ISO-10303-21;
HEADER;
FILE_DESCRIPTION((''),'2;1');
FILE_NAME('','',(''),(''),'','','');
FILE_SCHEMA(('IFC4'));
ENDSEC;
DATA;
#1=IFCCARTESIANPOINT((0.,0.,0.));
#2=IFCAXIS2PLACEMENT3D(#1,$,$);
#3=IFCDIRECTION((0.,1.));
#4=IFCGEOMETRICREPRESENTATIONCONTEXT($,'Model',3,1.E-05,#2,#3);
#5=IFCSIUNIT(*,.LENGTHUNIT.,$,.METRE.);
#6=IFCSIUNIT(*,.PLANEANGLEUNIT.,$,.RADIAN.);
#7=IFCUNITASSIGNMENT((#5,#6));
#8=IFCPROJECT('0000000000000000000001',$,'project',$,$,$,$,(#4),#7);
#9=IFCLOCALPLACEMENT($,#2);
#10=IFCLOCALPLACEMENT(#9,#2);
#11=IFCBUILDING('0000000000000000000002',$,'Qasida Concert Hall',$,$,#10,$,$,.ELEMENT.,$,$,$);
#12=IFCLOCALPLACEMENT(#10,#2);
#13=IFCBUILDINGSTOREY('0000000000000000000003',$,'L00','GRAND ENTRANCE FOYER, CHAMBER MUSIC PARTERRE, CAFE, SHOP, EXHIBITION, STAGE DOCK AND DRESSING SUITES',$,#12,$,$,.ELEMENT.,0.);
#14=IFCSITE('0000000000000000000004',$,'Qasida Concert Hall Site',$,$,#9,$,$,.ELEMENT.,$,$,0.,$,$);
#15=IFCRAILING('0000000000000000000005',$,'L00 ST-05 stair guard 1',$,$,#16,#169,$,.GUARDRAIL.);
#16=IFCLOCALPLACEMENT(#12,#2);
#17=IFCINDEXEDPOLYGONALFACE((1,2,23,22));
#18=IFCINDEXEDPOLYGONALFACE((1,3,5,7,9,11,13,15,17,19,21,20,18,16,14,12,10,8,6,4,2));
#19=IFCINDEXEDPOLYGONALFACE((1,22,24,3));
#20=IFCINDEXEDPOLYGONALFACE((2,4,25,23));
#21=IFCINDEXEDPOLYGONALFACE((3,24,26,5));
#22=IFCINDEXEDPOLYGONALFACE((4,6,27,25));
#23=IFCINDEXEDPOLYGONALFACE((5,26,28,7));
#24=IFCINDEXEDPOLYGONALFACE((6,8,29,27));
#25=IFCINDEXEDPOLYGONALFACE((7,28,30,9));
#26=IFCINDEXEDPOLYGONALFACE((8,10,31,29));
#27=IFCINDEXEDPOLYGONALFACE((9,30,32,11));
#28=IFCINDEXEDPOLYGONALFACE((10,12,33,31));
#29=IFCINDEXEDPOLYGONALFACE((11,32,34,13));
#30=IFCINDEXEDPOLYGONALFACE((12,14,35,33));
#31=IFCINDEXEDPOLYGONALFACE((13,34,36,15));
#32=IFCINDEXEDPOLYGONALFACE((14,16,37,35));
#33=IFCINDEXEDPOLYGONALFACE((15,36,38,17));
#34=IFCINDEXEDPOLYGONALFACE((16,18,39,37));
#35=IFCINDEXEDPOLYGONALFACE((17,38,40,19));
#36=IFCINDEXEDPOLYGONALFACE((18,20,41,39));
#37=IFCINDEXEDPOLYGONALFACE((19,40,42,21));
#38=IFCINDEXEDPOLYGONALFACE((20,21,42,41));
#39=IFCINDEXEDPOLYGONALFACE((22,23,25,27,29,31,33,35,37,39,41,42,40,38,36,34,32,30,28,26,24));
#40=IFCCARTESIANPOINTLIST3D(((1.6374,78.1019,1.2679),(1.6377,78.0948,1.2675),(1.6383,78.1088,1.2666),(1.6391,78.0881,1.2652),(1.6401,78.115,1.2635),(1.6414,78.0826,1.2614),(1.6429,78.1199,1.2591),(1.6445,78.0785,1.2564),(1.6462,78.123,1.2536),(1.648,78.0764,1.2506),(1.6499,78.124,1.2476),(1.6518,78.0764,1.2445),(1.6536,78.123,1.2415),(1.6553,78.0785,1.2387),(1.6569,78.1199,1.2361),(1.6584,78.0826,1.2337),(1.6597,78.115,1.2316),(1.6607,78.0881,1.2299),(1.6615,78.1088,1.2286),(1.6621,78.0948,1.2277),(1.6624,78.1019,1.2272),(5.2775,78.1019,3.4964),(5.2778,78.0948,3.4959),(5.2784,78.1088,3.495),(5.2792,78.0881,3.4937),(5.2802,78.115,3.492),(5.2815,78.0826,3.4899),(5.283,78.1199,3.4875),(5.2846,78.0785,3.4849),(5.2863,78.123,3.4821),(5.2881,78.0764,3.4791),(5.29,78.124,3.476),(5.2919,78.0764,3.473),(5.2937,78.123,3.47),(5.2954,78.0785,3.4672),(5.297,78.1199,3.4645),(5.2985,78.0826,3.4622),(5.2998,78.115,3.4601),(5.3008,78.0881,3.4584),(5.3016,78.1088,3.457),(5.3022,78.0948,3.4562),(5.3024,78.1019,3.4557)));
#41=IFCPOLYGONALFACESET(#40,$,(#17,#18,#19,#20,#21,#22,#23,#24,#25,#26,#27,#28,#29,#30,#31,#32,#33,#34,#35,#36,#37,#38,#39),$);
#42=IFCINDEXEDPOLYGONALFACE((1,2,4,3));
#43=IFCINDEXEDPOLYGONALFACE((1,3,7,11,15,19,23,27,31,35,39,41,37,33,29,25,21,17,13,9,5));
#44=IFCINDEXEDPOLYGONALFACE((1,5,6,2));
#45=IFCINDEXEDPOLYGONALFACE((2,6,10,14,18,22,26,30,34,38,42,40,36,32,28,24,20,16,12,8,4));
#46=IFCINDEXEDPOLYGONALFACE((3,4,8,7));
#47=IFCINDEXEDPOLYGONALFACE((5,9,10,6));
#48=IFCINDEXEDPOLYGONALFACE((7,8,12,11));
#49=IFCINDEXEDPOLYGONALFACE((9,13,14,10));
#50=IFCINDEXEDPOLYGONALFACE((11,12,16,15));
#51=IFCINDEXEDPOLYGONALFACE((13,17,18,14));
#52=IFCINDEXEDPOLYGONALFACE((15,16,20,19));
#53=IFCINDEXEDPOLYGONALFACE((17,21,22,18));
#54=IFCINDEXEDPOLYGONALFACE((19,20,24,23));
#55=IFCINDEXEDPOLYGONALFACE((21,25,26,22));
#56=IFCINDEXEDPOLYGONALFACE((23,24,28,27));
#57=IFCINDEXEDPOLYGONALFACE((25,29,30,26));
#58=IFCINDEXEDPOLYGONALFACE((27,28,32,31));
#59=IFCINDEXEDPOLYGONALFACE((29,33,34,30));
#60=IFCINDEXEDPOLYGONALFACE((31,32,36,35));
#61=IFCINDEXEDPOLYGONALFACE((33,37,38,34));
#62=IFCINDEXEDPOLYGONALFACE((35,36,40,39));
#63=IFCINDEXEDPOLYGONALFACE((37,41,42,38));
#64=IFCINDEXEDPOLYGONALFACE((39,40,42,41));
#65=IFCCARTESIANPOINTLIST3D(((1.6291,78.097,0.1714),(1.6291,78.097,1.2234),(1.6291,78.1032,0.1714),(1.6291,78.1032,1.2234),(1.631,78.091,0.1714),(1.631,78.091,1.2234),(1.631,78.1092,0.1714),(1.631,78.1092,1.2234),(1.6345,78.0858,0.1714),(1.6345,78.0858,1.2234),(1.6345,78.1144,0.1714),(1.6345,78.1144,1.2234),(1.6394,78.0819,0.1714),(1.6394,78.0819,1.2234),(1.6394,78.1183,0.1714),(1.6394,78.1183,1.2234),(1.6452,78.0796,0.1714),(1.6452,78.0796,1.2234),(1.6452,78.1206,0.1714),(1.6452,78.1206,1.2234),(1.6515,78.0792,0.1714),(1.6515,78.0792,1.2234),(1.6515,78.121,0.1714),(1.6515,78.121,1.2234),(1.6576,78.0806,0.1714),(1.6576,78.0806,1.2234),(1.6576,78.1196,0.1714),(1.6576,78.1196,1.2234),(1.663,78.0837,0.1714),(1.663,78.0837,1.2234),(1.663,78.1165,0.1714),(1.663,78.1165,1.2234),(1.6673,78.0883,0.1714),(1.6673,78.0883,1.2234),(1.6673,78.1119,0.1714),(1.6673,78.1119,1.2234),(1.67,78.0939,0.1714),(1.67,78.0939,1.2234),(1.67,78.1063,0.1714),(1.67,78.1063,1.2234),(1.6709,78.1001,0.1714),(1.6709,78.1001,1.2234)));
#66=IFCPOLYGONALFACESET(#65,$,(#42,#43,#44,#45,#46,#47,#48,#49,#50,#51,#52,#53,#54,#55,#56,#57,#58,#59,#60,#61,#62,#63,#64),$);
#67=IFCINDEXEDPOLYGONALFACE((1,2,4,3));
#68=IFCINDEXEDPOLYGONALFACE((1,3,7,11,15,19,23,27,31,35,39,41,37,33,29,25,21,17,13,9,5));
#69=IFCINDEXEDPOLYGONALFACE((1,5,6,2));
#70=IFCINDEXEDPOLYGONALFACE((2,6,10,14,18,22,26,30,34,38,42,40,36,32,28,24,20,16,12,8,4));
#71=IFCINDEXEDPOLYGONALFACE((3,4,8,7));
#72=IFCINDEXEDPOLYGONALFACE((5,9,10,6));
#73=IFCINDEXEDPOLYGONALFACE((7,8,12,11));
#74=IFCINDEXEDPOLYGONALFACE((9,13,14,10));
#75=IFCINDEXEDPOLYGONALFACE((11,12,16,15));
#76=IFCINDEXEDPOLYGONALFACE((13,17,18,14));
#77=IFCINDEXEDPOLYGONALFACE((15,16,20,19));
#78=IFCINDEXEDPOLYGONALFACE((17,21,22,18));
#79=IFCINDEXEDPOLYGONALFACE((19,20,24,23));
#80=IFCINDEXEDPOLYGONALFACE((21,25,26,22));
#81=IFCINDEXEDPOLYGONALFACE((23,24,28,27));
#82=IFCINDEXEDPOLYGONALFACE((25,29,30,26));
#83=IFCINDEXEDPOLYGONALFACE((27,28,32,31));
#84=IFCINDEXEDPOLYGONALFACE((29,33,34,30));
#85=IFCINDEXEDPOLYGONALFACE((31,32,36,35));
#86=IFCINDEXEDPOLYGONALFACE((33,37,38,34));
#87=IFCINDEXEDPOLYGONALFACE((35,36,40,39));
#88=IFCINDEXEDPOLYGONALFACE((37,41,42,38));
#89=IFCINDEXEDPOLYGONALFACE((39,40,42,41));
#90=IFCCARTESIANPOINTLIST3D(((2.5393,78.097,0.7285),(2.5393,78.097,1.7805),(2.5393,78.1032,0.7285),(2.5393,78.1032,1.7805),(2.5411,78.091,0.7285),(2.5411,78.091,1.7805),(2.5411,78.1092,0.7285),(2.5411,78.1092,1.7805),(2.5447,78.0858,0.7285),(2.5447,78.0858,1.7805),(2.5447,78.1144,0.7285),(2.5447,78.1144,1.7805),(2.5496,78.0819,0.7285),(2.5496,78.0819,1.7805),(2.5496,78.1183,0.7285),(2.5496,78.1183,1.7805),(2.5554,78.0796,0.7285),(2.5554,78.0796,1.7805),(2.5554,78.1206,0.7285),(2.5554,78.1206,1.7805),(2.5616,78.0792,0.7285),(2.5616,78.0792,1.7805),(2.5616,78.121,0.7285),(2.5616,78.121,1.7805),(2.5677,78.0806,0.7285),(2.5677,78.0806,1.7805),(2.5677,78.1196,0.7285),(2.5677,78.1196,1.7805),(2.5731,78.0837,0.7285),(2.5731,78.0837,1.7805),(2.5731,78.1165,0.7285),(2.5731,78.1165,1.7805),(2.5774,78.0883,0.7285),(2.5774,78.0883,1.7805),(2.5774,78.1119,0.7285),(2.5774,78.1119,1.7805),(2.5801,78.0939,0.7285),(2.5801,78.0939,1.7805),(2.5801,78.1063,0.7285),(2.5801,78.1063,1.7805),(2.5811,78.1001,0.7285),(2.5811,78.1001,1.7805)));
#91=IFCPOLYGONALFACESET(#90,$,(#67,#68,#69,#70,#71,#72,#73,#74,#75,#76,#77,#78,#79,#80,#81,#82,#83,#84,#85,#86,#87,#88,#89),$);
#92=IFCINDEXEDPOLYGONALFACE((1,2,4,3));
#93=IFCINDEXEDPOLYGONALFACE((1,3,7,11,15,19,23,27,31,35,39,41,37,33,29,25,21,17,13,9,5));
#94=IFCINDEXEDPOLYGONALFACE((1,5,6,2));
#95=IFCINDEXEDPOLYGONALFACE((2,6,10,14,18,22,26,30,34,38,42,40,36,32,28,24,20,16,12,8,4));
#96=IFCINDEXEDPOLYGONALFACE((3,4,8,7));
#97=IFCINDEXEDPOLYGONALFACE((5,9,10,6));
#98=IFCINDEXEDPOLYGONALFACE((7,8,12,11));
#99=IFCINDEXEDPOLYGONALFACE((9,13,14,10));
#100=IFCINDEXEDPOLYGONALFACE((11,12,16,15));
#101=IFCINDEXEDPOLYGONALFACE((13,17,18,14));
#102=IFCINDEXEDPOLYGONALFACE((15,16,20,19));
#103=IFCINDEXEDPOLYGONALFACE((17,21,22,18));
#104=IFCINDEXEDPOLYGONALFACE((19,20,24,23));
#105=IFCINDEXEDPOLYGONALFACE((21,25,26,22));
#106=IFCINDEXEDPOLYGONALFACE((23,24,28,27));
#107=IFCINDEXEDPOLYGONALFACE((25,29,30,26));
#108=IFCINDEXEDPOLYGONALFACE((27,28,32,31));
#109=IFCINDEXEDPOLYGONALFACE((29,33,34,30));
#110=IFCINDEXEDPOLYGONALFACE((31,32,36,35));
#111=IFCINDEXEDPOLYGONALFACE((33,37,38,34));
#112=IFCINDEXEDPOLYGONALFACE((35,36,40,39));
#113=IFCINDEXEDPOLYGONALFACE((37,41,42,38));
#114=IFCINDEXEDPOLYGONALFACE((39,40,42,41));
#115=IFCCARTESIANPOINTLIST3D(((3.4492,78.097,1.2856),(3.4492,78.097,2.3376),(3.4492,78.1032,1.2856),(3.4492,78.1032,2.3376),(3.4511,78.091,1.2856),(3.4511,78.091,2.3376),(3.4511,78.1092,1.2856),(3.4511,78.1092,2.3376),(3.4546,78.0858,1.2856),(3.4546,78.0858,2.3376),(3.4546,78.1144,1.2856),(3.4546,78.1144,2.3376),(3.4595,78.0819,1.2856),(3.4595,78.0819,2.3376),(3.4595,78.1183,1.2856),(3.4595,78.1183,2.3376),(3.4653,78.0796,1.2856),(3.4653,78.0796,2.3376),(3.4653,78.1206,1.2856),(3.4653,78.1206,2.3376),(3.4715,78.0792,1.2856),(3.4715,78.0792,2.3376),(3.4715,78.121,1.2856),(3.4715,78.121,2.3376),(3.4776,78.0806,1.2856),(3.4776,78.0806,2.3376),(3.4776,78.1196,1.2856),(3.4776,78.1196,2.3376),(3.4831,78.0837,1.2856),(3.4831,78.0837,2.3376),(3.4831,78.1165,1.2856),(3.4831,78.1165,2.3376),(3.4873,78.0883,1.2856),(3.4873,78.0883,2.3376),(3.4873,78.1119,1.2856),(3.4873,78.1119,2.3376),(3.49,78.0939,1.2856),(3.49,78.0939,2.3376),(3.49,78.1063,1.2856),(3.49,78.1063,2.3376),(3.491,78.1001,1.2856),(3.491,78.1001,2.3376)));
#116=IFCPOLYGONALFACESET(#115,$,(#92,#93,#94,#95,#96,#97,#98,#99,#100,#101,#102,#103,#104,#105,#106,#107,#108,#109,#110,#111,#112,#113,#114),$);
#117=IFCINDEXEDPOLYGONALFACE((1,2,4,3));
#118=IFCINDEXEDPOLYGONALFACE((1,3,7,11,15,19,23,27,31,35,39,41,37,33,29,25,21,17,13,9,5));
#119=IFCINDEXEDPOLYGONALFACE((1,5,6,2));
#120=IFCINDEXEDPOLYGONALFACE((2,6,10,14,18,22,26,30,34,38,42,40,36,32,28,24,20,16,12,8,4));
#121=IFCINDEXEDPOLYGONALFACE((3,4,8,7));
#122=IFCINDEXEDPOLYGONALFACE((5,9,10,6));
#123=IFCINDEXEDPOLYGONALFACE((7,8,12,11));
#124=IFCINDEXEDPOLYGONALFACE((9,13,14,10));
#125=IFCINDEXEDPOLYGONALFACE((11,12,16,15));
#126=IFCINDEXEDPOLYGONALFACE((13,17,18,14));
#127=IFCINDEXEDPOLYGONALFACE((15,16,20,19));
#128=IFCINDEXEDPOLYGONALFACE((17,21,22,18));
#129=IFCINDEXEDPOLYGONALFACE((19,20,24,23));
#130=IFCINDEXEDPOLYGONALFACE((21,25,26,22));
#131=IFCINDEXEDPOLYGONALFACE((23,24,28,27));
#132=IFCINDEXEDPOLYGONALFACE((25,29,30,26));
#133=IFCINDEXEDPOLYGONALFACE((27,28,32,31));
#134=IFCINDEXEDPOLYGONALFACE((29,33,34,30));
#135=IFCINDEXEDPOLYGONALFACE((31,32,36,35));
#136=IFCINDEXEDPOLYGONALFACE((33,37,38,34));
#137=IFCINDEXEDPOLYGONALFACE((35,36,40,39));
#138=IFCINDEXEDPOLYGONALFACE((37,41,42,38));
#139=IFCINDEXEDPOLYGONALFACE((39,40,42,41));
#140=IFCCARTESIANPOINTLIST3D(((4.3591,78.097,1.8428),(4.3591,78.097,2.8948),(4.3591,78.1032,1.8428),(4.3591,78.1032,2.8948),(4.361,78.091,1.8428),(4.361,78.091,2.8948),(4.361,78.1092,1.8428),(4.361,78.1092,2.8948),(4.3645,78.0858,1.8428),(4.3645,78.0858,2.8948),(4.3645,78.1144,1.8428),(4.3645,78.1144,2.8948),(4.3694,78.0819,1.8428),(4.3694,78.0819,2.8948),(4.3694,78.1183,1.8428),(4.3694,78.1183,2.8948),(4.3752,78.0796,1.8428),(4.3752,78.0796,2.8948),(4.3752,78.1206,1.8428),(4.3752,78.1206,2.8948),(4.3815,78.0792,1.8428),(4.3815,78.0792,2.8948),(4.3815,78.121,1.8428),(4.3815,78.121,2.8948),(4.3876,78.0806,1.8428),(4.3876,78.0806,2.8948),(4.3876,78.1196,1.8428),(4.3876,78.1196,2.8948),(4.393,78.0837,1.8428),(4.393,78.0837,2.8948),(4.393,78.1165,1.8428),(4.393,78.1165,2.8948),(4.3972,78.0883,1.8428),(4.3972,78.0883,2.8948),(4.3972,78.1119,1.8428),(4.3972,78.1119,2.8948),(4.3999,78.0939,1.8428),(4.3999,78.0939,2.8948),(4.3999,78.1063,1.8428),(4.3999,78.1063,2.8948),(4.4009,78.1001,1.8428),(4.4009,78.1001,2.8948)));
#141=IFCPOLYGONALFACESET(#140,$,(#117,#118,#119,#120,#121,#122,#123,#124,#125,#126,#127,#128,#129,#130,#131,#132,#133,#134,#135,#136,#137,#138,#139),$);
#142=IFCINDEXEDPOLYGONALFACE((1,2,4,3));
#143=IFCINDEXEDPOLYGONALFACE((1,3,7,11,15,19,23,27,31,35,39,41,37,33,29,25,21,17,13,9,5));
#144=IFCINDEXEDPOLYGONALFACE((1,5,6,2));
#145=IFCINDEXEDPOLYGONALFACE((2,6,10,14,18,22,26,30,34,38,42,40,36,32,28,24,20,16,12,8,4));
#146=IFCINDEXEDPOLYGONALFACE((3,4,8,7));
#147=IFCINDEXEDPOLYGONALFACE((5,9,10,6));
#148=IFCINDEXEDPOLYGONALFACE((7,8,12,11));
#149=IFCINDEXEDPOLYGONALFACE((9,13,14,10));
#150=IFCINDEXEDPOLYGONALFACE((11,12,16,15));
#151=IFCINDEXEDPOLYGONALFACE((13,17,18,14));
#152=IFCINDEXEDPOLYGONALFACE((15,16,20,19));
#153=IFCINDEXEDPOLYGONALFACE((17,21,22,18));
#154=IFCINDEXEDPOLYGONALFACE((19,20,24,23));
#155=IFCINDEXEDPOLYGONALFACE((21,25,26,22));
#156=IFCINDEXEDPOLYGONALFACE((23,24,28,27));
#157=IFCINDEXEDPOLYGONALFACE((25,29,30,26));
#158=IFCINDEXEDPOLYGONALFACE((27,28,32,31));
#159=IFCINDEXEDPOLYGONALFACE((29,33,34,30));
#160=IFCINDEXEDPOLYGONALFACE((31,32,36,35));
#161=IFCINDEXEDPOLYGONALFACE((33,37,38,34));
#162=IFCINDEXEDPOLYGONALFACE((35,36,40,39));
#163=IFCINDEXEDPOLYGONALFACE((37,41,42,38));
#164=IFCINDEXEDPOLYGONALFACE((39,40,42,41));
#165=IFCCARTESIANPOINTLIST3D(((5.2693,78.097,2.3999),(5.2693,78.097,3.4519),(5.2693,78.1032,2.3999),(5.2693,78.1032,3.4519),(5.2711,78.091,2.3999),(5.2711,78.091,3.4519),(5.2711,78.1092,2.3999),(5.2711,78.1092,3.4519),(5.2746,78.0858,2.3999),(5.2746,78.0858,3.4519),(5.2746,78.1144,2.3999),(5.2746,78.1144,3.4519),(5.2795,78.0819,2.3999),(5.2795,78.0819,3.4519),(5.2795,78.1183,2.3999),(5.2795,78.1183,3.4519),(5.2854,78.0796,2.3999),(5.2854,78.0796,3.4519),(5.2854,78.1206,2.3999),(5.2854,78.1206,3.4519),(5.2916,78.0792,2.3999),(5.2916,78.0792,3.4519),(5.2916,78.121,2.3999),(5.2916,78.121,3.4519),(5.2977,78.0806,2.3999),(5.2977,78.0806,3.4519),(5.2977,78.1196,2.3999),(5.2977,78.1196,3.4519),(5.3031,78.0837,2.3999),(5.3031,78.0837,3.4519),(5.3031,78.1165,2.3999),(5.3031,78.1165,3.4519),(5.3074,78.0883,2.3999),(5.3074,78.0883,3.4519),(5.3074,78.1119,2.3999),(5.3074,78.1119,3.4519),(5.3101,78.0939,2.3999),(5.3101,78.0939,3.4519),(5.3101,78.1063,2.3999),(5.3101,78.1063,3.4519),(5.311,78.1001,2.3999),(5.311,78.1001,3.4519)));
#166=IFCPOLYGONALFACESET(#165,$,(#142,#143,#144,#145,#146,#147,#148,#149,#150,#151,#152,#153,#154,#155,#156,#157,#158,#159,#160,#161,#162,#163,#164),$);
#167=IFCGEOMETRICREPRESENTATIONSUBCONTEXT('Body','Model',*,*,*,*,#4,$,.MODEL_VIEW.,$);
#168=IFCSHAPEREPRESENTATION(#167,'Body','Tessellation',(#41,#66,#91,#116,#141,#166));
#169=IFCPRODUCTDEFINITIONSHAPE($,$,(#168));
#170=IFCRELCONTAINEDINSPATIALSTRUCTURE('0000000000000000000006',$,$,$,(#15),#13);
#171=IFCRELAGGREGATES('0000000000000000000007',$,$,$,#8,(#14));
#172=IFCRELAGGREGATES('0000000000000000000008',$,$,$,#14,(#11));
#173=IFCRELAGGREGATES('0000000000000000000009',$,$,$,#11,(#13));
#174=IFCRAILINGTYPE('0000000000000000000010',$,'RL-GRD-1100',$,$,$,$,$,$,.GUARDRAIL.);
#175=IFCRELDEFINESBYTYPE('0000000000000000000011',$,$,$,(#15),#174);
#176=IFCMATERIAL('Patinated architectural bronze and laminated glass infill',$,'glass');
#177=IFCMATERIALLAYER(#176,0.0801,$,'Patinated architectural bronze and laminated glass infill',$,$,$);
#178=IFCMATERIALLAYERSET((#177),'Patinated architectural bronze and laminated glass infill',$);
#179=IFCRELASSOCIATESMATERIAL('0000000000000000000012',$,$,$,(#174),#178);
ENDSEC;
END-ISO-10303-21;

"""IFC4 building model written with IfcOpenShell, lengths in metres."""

from ifc_helpers import new_model, si_unit, direction, frame, origin, origin_2d, place, context, subcontext, project, spatial, circle, extrude, material, layer, layer_set, type_object, element, save


model = new_model("IFC4")

# Units and contexts
model_context = context("Model", 3, precision=1e-05, world=origin(), true_north=direction((0.0, 1.0)))
body_context = subcontext(model_context, "Body", "Model", "MODEL_VIEW")
ifc_project = project(units=[si_unit("LENGTHUNIT", "METRE"), si_unit("PLANEANGLEUNIT", "RADIAN")], contexts=[model_context])

# Site, building, storey
site_placement = place(None, origin())
site = spatial("IfcSite", under=ifc_project, at=site_placement, Name="Qasida Concert Hall Site", CompositionType="ELEMENT", RefElevation=0.0)
building_placement = place(site_placement, origin())
building = spatial("IfcBuilding", under=site, at=building_placement, Name="Qasida Concert Hall", CompositionType="ELEMENT")
storey_placement = place(building_placement, origin())
storey = spatial("IfcBuildingStorey", under=building, at=storey_placement, Name="L00", Description="GRAND ENTRANCE FOYER, CHAMBER MUSIC PARTERRE, CAFE, SHOP, EXHIBITION, STAGE DOCK AND DRESSING SUITES", CompositionType="ELEMENT", Elevation=0.0)

# Railing
ifc_material_1 = material(Name="Patinated architectural bronze and laminated glass infill", Category="glass")
ifc_layer_1 = layer(ifc_material_1, 0.0801, Name="Patinated architectural bronze and laminated glass infill")
ifc_layer_set_1 = layer_set([ifc_layer_1], Name="Patinated architectural bronze and laminated glass infill")
railing_type_1 = type_object("IfcRailingType", Name="RL-GRD-1100", PredefinedType="GUARDRAIL", material=ifc_layer_set_1)
railing_1_placement = place(storey_placement, frame((1.6499, 78.1001, 0.1714)))
element("IfcRailing", 1, at=railing_1_placement, inside=storey, type_object=railing_type_1, Name="L00 ST-05 stair guard 1", PredefinedType="GUARDRAIL", context=body_context, shape_type="SweptSolid", body=[
    extrude(circle(Radius=0.0239, at=origin_2d()), frame((0.0, 0.0, 1.0762), z_axis=(0.852866, 0.0, 0.52213), x_axis=(0.0, 1.0, 0.0)), (0.0, 0.0, 1.0), 4.2681),
    extrude(circle(Radius=0.021, at=origin_2d()), origin(), (0.0, 0.0, 1.0), 1.052),
    extrude(circle(Radius=0.021, at=origin_2d()), frame((0.9102, 0.0, 0.5571)), (0.0, 0.0, 1.0), 1.052),
    extrude(circle(Radius=0.021, at=origin_2d()), frame((1.8201, 0.0, 1.1143)), (0.0, 0.0, 1.0), 1.052),
    extrude(circle(Radius=0.021, at=origin_2d()), frame((2.73, 0.0, 1.6714)), (0.0, 0.0, 1.0), 1.052),
    extrude(circle(Radius=0.021, at=origin_2d()), frame((3.6401, 0.0, 2.2285)), (0.0, 0.0, 1.0), 1.052),
])

save(model, "model.ifc")
